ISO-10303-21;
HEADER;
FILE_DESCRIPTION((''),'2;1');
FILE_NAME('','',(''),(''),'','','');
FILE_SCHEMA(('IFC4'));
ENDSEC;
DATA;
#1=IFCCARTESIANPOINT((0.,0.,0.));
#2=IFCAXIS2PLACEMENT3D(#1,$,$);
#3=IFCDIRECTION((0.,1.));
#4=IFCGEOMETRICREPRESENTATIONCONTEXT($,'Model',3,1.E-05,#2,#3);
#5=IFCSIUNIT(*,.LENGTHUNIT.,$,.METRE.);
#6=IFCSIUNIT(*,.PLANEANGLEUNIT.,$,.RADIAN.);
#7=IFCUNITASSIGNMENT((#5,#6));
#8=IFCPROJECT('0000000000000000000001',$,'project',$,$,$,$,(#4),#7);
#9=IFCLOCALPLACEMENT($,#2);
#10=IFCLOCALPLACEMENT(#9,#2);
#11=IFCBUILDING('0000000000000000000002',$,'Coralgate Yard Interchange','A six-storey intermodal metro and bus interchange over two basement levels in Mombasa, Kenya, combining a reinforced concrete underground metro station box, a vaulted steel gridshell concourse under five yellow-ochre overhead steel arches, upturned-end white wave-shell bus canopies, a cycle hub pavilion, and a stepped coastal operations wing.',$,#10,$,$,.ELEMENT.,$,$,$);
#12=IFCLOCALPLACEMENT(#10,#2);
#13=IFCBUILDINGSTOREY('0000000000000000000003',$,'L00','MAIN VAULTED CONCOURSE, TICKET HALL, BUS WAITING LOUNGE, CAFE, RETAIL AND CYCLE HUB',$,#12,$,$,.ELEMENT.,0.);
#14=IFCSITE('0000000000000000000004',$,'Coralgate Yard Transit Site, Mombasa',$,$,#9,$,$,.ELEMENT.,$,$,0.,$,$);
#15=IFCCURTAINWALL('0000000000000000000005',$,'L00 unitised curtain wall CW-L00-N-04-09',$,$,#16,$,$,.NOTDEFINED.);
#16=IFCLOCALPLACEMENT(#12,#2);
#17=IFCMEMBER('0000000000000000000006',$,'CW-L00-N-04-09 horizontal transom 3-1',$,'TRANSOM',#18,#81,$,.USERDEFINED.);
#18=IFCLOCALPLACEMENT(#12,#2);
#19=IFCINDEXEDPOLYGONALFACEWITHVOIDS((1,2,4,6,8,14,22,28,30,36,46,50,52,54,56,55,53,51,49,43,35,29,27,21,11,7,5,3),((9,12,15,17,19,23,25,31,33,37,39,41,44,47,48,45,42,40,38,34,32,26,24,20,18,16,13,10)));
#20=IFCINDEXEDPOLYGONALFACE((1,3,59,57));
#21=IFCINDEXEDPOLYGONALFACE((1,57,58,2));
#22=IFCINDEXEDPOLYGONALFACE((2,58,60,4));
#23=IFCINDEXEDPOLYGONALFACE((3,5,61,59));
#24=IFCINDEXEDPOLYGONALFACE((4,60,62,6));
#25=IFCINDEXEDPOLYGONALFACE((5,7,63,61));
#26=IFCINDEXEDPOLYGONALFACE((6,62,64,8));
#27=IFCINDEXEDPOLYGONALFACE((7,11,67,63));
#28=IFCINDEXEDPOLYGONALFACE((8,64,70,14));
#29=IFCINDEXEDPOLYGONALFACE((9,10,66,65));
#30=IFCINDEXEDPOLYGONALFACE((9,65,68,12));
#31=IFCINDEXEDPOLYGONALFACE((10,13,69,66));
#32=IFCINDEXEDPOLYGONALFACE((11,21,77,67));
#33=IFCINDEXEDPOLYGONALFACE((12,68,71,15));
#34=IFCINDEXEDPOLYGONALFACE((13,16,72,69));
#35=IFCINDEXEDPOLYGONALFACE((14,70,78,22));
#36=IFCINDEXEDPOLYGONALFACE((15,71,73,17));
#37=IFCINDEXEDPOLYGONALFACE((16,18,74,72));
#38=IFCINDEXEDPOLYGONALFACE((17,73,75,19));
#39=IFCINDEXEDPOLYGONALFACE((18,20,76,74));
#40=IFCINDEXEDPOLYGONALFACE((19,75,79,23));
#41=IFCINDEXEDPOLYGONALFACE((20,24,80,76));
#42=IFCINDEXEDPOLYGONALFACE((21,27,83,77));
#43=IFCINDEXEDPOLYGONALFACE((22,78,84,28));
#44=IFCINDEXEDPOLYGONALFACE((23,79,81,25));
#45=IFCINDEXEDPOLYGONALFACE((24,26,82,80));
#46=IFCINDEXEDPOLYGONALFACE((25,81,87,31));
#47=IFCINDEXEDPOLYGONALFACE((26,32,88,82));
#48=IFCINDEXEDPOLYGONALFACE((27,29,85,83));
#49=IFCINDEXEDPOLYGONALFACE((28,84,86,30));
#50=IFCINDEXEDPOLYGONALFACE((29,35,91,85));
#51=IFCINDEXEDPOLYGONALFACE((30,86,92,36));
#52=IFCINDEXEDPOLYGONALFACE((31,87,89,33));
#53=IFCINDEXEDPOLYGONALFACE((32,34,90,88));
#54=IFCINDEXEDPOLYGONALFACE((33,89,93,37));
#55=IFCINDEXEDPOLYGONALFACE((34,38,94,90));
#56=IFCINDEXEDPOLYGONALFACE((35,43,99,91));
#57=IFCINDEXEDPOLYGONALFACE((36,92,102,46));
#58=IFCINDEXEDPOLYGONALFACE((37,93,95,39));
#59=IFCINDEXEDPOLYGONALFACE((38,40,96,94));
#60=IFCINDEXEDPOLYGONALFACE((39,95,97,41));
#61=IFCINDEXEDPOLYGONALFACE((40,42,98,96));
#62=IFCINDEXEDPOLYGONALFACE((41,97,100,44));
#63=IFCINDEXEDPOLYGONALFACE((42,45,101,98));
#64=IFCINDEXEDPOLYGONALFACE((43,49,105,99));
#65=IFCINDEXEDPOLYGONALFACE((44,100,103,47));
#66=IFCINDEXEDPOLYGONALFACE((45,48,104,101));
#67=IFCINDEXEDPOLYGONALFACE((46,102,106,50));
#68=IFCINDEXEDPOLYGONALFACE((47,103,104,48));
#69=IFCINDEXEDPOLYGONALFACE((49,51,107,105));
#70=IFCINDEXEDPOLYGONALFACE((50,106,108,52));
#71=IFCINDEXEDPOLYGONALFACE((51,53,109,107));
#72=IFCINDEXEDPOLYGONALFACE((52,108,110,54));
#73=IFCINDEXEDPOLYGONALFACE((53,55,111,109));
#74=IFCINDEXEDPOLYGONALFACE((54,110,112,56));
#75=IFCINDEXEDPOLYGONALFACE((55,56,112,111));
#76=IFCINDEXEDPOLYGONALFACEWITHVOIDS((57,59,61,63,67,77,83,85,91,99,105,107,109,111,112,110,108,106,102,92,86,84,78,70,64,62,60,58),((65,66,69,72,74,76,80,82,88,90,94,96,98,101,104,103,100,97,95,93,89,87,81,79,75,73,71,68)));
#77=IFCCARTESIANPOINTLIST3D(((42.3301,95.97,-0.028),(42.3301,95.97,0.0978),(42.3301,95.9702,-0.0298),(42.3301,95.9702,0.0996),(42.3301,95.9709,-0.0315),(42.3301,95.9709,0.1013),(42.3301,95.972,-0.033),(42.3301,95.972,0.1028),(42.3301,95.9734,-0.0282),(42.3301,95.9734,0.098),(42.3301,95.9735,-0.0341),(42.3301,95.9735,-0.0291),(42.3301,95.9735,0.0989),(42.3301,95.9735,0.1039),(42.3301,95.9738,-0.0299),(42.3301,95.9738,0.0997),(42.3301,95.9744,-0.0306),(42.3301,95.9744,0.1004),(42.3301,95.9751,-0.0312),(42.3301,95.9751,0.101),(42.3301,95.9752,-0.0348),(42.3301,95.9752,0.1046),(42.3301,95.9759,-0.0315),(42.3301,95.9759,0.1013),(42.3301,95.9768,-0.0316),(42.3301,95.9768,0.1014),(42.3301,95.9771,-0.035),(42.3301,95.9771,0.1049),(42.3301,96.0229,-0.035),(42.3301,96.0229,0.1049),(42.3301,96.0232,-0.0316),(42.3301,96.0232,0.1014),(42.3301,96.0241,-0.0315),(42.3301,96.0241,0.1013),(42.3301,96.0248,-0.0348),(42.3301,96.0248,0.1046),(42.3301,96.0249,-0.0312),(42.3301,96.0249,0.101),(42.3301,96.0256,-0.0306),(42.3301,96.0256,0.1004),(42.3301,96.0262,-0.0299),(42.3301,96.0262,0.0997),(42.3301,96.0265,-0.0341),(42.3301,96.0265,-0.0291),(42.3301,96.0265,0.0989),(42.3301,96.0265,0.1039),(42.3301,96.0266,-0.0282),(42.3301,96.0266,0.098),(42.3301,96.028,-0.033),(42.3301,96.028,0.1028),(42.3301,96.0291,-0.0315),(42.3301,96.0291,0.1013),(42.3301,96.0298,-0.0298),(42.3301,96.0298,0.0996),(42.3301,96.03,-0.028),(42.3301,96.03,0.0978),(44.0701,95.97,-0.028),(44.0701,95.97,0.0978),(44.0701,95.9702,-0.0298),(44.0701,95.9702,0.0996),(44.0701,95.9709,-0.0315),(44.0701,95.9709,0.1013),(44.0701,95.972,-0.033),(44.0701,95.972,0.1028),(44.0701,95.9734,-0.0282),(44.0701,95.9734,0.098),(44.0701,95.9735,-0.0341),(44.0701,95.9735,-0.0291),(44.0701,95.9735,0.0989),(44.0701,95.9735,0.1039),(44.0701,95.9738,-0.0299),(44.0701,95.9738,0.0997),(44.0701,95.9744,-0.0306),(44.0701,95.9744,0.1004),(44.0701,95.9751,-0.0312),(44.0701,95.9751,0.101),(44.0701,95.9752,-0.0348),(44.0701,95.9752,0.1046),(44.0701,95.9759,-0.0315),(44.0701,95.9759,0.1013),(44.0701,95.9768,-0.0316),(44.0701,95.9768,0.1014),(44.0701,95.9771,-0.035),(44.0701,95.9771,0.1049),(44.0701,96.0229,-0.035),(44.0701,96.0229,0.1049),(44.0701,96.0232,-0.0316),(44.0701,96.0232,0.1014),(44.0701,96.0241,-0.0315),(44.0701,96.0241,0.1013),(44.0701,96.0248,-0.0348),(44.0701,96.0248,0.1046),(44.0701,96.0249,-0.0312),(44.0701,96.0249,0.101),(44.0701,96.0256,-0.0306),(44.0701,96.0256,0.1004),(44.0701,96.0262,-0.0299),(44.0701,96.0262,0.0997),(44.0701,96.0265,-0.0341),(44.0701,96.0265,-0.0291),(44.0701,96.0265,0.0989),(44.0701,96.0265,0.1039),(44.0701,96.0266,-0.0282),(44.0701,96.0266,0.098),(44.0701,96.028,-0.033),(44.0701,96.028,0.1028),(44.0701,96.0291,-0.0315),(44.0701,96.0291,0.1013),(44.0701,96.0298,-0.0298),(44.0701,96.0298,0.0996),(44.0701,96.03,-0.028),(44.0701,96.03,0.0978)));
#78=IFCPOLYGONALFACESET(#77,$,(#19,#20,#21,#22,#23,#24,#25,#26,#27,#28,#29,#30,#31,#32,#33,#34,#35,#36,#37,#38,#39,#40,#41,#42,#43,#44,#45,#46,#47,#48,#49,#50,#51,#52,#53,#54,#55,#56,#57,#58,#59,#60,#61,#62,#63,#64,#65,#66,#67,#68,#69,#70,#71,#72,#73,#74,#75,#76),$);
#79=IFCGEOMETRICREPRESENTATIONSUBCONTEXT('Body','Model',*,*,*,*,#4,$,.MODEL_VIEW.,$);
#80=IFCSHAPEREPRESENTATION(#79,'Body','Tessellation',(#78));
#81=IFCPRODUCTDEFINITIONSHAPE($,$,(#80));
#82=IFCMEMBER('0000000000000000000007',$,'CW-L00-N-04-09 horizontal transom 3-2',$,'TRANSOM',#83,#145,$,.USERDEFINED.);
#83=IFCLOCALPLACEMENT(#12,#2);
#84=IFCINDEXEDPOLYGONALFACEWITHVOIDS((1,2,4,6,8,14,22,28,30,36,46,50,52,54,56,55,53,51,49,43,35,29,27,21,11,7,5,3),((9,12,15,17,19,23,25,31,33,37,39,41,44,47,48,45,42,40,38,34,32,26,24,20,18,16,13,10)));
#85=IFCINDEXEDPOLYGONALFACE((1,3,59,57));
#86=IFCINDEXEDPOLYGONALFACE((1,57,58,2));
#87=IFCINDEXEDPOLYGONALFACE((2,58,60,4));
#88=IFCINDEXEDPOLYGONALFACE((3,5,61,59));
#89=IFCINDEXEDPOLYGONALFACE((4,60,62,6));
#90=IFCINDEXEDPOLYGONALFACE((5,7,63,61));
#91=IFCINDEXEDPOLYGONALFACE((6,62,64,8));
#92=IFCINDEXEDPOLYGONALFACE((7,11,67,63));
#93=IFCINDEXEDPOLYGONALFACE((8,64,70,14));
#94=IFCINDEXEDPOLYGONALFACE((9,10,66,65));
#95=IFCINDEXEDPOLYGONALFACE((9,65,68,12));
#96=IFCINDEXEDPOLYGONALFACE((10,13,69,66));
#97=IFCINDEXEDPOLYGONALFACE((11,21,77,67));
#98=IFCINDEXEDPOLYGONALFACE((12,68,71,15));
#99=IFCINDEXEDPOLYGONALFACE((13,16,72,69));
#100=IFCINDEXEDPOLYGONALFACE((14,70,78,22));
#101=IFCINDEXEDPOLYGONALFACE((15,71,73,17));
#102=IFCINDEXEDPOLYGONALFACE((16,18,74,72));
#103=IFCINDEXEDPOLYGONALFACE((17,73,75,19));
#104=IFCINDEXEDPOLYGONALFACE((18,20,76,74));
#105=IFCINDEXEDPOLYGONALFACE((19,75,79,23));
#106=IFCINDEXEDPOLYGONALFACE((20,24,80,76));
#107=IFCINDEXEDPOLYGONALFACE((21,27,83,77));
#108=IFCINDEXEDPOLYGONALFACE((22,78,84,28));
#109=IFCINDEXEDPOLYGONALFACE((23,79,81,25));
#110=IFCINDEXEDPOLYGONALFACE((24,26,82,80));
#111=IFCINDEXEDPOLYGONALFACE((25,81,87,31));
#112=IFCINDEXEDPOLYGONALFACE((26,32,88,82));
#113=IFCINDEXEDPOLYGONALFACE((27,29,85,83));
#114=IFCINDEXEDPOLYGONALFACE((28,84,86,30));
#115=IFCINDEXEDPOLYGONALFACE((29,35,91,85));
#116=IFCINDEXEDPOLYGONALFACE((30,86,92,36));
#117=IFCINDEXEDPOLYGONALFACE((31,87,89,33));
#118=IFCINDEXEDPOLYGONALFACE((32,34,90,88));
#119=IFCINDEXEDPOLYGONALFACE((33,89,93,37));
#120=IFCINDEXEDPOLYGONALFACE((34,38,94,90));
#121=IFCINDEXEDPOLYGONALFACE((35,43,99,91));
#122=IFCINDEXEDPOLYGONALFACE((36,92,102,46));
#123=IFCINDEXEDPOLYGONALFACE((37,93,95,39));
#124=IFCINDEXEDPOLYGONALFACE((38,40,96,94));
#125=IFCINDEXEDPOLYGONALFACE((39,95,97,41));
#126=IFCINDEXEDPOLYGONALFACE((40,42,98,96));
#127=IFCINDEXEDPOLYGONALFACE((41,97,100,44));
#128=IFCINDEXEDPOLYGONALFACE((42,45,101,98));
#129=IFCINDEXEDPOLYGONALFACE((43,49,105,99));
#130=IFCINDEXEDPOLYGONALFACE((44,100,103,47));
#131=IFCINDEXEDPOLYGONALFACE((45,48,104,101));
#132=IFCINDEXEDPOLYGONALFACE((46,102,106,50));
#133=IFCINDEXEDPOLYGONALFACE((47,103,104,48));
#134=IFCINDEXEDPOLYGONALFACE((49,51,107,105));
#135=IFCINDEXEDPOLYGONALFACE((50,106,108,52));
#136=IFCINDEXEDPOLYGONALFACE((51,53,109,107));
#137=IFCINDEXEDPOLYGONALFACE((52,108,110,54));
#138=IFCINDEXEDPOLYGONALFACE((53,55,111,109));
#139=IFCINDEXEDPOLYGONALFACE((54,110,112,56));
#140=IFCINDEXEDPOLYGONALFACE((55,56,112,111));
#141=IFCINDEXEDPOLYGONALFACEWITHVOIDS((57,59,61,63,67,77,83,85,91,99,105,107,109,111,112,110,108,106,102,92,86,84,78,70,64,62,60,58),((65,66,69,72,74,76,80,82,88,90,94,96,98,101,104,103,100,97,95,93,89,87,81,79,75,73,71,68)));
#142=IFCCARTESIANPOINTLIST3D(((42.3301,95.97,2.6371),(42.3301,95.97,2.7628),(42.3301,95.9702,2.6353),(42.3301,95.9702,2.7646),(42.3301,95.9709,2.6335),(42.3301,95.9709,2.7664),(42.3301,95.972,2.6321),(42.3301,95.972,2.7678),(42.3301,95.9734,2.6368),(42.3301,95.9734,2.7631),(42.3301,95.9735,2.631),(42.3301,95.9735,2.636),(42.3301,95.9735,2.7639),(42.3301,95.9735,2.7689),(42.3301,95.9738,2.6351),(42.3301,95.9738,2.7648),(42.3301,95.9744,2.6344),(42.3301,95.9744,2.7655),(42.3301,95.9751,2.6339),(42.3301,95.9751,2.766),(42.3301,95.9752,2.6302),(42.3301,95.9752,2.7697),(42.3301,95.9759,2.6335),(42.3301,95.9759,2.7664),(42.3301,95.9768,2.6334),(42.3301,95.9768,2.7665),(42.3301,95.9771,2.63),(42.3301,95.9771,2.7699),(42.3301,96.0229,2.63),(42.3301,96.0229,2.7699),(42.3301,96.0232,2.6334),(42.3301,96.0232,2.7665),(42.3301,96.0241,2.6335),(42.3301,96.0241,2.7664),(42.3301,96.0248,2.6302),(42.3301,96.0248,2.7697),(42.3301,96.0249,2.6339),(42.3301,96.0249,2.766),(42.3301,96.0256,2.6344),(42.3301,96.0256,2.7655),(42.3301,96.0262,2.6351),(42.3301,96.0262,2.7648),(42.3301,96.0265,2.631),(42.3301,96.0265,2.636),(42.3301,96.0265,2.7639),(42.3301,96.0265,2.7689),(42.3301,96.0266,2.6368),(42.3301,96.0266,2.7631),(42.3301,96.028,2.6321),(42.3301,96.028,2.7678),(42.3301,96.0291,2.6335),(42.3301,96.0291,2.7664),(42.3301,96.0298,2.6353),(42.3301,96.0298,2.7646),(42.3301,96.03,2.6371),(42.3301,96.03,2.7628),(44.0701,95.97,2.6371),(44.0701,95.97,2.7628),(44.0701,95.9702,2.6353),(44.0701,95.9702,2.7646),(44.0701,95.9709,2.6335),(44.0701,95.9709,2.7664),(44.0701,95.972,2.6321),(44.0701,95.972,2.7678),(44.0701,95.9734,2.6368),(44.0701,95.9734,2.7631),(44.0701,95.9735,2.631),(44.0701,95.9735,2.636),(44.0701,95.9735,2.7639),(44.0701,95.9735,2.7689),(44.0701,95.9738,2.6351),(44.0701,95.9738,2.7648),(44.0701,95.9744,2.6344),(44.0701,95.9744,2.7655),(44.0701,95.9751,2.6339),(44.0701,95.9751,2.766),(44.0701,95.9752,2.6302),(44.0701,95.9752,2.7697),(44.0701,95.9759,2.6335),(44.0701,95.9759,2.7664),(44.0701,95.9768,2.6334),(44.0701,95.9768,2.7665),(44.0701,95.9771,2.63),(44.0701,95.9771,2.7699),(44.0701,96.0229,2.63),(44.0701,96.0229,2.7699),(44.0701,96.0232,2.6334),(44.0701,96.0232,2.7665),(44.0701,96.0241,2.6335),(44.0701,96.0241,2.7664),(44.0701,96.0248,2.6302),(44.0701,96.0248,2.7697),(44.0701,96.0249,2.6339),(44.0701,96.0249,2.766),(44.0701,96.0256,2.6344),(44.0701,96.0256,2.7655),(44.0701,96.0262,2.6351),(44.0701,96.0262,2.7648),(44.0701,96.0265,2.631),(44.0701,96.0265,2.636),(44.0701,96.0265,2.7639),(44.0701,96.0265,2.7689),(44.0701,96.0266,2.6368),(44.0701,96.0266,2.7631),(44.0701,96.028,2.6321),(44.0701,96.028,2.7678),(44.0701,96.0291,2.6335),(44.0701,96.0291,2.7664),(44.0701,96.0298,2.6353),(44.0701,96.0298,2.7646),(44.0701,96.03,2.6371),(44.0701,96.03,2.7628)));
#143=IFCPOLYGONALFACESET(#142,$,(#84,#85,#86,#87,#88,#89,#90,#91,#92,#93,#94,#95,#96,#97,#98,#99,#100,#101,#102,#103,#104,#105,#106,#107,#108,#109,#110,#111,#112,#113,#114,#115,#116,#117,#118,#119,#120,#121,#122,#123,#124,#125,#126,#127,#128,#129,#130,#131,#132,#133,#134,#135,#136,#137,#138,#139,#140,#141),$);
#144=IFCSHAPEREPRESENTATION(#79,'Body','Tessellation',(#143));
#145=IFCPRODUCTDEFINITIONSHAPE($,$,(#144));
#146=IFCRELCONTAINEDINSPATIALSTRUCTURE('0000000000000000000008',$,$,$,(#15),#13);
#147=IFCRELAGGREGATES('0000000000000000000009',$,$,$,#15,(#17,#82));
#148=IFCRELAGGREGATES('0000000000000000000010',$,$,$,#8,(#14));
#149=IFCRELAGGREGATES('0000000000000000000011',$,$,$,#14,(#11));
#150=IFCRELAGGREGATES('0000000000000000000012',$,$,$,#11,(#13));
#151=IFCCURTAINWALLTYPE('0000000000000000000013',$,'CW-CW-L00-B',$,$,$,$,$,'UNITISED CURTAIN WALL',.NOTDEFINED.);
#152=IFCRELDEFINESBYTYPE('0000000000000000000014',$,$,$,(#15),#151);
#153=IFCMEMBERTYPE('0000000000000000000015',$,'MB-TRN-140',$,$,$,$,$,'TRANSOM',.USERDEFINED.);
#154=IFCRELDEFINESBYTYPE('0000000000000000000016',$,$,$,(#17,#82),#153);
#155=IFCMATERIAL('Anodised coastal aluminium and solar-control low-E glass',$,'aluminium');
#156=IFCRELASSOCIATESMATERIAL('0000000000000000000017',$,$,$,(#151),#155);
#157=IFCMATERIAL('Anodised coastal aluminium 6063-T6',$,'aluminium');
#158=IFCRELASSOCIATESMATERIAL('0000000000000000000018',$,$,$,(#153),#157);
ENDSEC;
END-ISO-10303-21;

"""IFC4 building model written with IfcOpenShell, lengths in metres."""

from ifc_helpers import new_model, si_unit, direction, frame, origin, origin_2d, place, context, subcontext, project, spatial, hollow_rectangle, extrude, material, material_profile, profile_set, type_object, element, aggregate, save


model = new_model("IFC4")

# Units and contexts
model_context = context("Model", 3, precision=1e-05, world=origin(), true_north=direction((0.0, 1.0)))
body_context = subcontext(model_context, "Body", "Model", "MODEL_VIEW")
ifc_project = project(units=[si_unit("LENGTHUNIT", "METRE"), si_unit("PLANEANGLEUNIT", "RADIAN")], contexts=[model_context])

# Site, building, storey
site_placement = place(None, origin())
site = spatial("IfcSite", under=ifc_project, at=site_placement, Name="Coralgate Yard Transit Site, Mombasa", CompositionType="ELEMENT", RefElevation=0.0)
building_placement = place(site_placement, origin())
building = spatial("IfcBuilding", under=site, at=building_placement, Name="Coralgate Yard Interchange", Description="A six-storey intermodal metro and bus interchange over two basement levels in Mombasa, Kenya, combining a reinforced concrete underground metro station box, a vaulted steel gridshell concourse under five yellow-ochre overhead steel arches, upturned-end white wave-shell bus canopies, a cycle hub pavilion, and a stepped coastal operations wing.", CompositionType="ELEMENT")
storey_placement = place(building_placement, origin())
storey = spatial("IfcBuildingStorey", under=building, at=storey_placement, Name="L00", Description="MAIN VAULTED CONCOURSE, TICKET HALL, BUS WAITING LOUNGE, CAFE, RETAIL AND CYCLE HUB", CompositionType="ELEMENT", Elevation=0.0)

# Curtain wall, members
ifc_material_1 = material(Name="Anodised coastal aluminium and solar-control low-E glass", Category="aluminium")
curtain_wall_type = type_object("IfcCurtainWallType", Name="CW-CW-L00-B", ElementType="UNITISED CURTAIN WALL", PredefinedType="NOTDEFINED", material=ifc_material_1)
curtain_wall_placement = place(storey_placement, origin())
curtain_wall = element("IfcCurtainWall", 1, at=curtain_wall_placement, inside=storey, type_object=curtain_wall_type, Name="L00 unitised curtain wall CW-L00-N-04-09", PredefinedType="NOTDEFINED")
ifc_material_2 = material(Name="Anodised coastal aluminium 6063-T6", Category="aluminium")
ifc_material_profile_1 = material_profile(ifc_material_2, hollow_rectangle(XDim=0.0601, YDim=0.1399, WallThickness=0.0034, InnerFilletRadius=0.0034, OuterFilletRadius=0.0071, at=origin_2d()), Name="ALU 60x140x3.5")
ifc_profile_set_1 = profile_set([ifc_material_profile_1], Name="Anodised coastal aluminium 6063-T6")
member_type_1 = type_object("IfcMemberType", Name="MB-TRN-140", ElementType="TRANSOM", PredefinedType="USERDEFINED", material=ifc_profile_set_1)
member_1_placement = place(storey_placement, frame((42.3301, 96.0, 0.0349), z_axis=(1.0, 0.0, 0.0), x_axis=(0.0, 1.0, 0.0)))
member_1 = element("IfcMember", 2, at=member_1_placement, type_object=member_type_1, Name="CW-L00-N-04-09 horizontal transom 3-1", ObjectType="TRANSOM", PredefinedType="USERDEFINED", context=body_context, shape_type="SweptSolid", body=[
    extrude(hollow_rectangle(XDim=0.0601, YDim=0.1399, WallThickness=0.0034, InnerFilletRadius=0.0034, OuterFilletRadius=0.0071, at=origin_2d()), origin(), (0.0, 0.0, 1.0), 1.74),
])
member_2_placement = place(storey_placement, frame((42.3301, 96.0, 2.7), z_axis=(1.0, 0.0, 0.0), x_axis=(0.0, 1.0, 0.0)))
member_2 = element("IfcMember", 3, at=member_2_placement, type_object=member_type_1, Name="CW-L00-N-04-09 horizontal transom 3-2", ObjectType="TRANSOM", PredefinedType="USERDEFINED", context=body_context, shape_type="SweptSolid", body=[
    extrude(hollow_rectangle(XDim=0.0601, YDim=0.1399, WallThickness=0.0034, InnerFilletRadius=0.0034, OuterFilletRadius=0.0071, at=origin_2d()), origin(), (0.0, 0.0, 1.0), 1.74),
])
aggregate(curtain_wall, [member_1, member_2])

save(model, "model.ifc")
